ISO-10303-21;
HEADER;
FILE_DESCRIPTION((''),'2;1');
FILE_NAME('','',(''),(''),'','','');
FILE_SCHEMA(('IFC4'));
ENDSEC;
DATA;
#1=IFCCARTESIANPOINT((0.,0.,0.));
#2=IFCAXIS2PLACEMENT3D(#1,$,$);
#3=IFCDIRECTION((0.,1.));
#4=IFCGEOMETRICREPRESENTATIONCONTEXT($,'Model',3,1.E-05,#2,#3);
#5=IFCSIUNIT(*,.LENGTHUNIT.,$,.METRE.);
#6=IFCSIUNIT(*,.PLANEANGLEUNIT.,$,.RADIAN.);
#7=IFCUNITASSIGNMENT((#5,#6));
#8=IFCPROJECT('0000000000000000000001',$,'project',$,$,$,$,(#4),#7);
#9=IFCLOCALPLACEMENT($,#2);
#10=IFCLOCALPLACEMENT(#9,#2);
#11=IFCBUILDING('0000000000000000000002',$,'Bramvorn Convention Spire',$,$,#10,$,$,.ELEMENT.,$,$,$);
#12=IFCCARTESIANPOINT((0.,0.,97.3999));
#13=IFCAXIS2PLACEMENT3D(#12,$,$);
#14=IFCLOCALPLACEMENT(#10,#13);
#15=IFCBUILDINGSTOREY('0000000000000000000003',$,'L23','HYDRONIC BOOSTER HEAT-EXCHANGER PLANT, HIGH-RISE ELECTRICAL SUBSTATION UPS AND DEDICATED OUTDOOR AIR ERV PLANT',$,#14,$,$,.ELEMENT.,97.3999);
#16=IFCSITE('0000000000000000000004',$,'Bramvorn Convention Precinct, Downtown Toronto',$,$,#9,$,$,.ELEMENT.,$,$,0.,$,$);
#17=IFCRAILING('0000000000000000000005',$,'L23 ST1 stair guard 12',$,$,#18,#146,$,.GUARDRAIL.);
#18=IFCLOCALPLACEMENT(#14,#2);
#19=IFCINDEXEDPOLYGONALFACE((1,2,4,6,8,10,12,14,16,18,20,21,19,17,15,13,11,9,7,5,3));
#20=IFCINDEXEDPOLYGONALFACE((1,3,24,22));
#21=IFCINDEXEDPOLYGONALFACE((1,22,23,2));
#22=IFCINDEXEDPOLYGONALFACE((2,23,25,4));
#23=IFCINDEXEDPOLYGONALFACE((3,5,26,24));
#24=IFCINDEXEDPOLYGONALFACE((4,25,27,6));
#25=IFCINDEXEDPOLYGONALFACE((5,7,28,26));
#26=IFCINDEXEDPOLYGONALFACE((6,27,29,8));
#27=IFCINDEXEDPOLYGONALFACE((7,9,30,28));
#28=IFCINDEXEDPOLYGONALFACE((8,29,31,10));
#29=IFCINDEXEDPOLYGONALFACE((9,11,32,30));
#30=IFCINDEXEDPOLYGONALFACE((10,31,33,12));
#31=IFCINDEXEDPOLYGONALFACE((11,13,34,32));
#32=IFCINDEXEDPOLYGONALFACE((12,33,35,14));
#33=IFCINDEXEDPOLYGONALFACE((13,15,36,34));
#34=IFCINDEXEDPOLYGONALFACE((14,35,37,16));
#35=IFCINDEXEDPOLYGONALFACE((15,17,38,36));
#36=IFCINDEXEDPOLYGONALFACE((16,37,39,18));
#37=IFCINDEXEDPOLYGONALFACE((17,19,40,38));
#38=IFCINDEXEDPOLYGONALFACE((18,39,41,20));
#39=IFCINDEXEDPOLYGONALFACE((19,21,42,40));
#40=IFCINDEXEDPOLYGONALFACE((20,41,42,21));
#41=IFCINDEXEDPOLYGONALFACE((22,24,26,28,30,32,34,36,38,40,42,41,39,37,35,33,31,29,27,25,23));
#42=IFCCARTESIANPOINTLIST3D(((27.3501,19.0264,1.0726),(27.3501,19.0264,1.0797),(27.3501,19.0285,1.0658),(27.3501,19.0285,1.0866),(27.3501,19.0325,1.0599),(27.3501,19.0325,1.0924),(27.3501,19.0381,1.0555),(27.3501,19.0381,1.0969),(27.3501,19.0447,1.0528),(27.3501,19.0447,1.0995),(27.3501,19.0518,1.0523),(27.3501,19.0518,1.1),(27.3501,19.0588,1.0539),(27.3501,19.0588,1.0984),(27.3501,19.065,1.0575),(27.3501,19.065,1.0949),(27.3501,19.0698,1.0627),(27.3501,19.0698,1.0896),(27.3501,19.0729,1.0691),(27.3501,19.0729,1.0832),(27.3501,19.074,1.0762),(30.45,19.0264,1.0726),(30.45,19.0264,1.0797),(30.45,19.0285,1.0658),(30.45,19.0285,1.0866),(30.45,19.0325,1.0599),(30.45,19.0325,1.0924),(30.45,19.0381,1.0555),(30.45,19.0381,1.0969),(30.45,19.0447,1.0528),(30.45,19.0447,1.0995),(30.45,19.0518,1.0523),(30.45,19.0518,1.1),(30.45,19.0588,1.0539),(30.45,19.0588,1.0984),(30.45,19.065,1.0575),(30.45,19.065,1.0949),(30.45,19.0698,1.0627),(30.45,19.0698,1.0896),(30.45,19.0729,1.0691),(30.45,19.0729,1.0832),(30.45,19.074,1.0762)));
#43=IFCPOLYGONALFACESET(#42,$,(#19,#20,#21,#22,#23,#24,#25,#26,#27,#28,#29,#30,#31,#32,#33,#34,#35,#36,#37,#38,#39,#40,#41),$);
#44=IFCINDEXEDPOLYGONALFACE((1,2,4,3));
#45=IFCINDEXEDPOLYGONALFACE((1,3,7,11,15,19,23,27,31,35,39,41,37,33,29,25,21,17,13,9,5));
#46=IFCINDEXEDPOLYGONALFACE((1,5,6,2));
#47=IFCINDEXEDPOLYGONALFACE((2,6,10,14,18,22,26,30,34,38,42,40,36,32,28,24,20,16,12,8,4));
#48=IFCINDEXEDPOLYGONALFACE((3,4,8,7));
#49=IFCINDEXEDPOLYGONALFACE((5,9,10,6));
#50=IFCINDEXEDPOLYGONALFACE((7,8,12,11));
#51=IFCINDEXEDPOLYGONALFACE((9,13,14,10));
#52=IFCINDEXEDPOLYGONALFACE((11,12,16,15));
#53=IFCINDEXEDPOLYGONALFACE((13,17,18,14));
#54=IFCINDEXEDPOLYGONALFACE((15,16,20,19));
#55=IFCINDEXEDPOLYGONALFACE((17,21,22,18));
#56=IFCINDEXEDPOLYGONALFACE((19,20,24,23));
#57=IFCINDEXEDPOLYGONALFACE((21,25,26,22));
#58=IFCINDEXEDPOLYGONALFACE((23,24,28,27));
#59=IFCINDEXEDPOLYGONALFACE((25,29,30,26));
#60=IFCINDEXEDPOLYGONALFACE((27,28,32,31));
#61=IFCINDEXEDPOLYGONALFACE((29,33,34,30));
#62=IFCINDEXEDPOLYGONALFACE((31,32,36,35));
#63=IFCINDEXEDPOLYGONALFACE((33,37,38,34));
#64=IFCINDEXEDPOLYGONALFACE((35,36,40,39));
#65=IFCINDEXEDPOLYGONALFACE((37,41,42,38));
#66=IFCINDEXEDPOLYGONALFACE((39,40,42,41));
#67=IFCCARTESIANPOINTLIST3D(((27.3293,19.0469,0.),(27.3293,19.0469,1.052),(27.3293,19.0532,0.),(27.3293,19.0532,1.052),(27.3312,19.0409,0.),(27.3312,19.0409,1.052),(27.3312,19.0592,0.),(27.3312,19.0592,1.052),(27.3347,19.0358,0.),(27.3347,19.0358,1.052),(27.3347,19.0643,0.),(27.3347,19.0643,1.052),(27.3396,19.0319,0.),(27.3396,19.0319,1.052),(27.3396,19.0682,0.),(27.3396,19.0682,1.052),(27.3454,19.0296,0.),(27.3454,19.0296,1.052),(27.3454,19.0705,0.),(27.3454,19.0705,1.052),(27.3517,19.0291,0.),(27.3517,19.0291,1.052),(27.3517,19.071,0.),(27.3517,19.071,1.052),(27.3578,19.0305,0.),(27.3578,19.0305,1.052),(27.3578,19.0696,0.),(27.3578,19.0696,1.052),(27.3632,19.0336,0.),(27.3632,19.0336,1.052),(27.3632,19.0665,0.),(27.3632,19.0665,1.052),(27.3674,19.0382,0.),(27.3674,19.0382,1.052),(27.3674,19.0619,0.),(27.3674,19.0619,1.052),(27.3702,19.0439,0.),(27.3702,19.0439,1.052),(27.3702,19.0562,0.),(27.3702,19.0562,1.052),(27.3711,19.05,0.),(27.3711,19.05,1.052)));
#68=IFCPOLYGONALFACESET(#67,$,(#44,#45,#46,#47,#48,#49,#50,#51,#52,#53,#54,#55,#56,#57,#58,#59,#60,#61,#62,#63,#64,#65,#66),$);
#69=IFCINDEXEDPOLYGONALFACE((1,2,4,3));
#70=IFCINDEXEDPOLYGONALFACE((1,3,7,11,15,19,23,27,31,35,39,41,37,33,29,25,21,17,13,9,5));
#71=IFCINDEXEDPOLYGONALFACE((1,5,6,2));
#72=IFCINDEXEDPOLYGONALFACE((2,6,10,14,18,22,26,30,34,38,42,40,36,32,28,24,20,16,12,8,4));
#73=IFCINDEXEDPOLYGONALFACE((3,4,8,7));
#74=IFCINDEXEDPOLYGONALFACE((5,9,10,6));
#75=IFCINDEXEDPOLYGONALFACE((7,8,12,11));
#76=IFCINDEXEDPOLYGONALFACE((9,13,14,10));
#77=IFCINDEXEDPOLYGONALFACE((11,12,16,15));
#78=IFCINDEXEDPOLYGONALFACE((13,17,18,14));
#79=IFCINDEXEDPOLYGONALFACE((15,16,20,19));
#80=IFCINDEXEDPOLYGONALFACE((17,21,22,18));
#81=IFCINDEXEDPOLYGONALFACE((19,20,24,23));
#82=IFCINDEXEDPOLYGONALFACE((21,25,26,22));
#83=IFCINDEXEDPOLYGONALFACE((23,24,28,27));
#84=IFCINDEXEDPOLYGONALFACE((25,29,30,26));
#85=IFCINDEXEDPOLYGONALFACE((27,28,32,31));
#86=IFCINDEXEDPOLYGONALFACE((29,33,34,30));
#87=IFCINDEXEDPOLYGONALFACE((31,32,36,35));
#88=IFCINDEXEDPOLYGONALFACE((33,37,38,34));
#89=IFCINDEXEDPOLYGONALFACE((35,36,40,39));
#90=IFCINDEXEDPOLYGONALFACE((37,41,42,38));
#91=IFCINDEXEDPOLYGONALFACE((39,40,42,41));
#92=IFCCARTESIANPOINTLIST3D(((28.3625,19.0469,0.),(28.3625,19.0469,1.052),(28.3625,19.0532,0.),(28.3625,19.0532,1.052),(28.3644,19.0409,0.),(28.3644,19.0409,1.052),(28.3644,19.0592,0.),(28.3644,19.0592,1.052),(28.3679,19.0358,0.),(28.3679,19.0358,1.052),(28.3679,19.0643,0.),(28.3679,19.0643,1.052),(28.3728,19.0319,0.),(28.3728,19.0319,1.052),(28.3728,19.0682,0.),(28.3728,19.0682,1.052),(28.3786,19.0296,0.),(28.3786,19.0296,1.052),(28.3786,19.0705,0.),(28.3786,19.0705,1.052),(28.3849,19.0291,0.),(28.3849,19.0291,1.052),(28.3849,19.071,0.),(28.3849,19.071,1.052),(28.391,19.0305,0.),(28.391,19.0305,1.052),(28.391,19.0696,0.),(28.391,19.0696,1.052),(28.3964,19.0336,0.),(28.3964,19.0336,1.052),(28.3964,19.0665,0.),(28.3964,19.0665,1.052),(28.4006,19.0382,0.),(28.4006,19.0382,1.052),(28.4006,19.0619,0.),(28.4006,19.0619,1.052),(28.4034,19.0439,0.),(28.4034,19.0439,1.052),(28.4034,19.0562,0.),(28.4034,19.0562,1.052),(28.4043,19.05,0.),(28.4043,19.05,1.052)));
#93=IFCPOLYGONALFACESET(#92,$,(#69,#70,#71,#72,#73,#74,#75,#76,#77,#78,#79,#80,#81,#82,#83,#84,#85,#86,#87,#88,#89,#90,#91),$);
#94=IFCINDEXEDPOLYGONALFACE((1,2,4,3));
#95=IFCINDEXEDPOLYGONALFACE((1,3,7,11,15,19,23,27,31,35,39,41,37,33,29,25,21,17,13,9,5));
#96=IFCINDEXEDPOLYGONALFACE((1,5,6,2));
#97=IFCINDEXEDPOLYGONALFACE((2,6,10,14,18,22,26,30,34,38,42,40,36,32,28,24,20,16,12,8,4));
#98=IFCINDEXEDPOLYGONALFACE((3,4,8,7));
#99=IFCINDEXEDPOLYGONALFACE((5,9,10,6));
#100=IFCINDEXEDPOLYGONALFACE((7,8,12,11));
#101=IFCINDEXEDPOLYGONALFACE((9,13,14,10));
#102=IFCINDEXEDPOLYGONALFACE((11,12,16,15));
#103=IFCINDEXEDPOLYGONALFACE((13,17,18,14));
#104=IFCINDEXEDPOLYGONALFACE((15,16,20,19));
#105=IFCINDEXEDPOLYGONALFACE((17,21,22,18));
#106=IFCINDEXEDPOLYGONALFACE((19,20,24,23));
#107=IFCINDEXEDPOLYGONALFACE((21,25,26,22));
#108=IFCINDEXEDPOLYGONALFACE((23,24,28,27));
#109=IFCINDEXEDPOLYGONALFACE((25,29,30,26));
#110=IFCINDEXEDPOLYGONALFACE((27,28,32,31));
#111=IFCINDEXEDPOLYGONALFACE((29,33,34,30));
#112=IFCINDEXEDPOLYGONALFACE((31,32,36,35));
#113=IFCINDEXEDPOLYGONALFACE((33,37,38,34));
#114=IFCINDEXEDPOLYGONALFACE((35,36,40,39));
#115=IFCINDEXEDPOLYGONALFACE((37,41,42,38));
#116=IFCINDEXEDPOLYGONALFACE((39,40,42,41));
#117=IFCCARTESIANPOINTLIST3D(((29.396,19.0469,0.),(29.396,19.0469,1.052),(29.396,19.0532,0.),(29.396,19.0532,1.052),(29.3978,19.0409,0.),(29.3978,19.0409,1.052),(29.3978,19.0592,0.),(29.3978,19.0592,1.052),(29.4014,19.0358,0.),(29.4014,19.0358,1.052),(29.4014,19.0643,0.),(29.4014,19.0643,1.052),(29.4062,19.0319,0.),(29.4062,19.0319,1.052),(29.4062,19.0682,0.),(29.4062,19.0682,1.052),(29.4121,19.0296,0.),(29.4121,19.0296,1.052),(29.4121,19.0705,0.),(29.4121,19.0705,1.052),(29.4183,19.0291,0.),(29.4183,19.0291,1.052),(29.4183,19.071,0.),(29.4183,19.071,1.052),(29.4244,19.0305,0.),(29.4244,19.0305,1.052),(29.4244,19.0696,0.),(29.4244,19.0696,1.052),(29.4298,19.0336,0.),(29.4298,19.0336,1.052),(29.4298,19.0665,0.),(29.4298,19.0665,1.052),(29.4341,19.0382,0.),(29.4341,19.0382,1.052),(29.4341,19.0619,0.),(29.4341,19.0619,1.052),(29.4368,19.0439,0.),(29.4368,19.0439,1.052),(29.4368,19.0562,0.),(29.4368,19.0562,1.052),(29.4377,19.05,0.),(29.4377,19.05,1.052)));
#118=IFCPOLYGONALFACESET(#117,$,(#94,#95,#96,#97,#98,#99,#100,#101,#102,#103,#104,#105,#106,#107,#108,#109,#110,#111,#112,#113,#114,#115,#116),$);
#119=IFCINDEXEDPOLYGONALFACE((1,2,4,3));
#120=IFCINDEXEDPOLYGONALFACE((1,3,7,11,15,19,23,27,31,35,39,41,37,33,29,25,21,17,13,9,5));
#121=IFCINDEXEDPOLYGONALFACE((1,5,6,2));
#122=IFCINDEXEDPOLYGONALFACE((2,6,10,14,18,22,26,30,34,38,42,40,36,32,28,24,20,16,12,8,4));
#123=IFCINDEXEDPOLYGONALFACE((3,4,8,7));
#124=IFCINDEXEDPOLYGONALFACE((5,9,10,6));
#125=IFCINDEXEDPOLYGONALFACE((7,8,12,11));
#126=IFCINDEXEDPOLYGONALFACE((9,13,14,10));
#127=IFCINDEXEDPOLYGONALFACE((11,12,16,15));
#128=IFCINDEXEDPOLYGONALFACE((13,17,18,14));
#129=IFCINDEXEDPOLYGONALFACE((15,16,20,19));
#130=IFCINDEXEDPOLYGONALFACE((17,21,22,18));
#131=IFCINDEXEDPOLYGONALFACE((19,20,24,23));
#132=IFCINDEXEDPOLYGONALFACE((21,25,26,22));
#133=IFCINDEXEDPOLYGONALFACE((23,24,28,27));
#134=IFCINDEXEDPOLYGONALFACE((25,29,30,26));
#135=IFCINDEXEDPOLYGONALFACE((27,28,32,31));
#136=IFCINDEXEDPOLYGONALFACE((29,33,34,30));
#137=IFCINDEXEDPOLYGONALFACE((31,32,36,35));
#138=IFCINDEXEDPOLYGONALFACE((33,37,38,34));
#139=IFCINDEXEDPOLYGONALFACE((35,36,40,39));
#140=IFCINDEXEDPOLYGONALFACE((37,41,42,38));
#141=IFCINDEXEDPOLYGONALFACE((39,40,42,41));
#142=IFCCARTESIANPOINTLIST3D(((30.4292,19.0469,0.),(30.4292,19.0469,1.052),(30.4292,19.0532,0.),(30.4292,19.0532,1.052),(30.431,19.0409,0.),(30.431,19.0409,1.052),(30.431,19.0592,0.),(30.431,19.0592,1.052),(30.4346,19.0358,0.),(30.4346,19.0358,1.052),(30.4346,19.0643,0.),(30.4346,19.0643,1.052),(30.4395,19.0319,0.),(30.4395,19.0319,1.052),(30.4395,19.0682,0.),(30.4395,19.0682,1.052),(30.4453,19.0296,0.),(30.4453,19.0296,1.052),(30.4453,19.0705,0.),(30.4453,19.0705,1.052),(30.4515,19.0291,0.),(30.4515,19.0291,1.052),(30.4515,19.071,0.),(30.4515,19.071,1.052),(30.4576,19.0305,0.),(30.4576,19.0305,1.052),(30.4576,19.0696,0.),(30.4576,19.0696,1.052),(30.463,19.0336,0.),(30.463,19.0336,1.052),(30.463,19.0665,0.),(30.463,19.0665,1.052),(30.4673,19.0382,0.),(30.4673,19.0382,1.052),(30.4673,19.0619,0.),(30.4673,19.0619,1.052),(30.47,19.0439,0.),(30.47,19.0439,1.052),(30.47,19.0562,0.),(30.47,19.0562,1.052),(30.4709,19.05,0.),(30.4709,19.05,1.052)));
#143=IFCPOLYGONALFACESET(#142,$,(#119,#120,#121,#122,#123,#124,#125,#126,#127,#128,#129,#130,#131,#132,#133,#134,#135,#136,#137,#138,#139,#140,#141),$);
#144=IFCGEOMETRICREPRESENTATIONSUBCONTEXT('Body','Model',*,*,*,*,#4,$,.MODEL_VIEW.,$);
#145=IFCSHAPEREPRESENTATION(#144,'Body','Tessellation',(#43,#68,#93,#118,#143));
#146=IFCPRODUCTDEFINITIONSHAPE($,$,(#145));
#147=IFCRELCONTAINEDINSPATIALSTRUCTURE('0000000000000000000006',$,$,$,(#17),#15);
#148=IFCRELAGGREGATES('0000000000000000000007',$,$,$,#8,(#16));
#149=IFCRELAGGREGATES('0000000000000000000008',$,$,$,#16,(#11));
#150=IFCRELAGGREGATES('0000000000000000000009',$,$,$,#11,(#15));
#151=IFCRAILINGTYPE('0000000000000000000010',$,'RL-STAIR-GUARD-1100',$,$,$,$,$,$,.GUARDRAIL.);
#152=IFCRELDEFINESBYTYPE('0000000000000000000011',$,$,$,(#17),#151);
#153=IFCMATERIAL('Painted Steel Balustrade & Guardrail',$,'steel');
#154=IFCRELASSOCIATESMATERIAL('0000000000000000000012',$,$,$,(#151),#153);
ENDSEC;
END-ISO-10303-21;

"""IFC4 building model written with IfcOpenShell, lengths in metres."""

from ifc_helpers import new_model, si_unit, direction, frame, origin, origin_2d, place, context, subcontext, project, spatial, circle, extrude, material, type_object, element, save


model = new_model("IFC4")

# Units and contexts
model_context = context("Model", 3, precision=1e-05, world=origin(), true_north=direction((0.0, 1.0)))
body_context = subcontext(model_context, "Body", "Model", "MODEL_VIEW")
ifc_project = project(units=[si_unit("LENGTHUNIT", "METRE"), si_unit("PLANEANGLEUNIT", "RADIAN")], contexts=[model_context])

# Site, building, storey
site_placement = place(None, origin())
site = spatial("IfcSite", under=ifc_project, at=site_placement, Name="Bramvorn Convention Precinct, Downtown Toronto", CompositionType="ELEMENT", RefElevation=0.0)
building_placement = place(site_placement, origin())
building = spatial("IfcBuilding", under=site, at=building_placement, Name="Bramvorn Convention Spire", CompositionType="ELEMENT")
storey_placement = place(building_placement, frame((0.0, 0.0, 97.3999)))
storey = spatial("IfcBuildingStorey", under=building, at=storey_placement, Name="L23", Description="HYDRONIC BOOSTER HEAT-EXCHANGER PLANT, HIGH-RISE ELECTRICAL SUBSTATION UPS AND DEDICATED OUTDOOR AIR ERV PLANT", CompositionType="ELEMENT", Elevation=97.3999)

# Railing
ifc_material_1 = material(Name="Painted Steel Balustrade & Guardrail", Category="steel")
railing_type = type_object("IfcRailingType", Name="RL-STAIR-GUARD-1100", PredefinedType="GUARDRAIL", material=ifc_material_1)
railing_1_placement = place(storey_placement, frame((27.3501, 19.05, 0.0)))
element("IfcRailing", 1, at=railing_1_placement, inside=storey, type_object=railing_type, Name="L23 ST1 stair guard 12", PredefinedType="GUARDRAIL", context=body_context, shape_type="SweptSolid", body=[
    extrude(circle(Radius=0.0239, at=origin_2d()), frame((0.0, 0.0, 1.0762), z_axis=(1.0, 0.0, 0.0), x_axis=(0.0, 1.0, 0.0)), (0.0, 0.0, 1.0), 3.0999),
    extrude(circle(Radius=0.021, at=origin_2d()), origin(), (0.0, 0.0, 1.0), 1.052),
    extrude(circle(Radius=0.021, at=origin_2d()), frame((1.0332, 0.0, 0.0)), (0.0, 0.0, 1.0), 1.052),
    extrude(circle(Radius=0.021, at=origin_2d()), frame((2.0667, 0.0, 0.0)), (0.0, 0.0, 1.0), 1.052),
    extrude(circle(Radius=0.021, at=origin_2d()), frame((3.0999, 0.0, 0.0)), (0.0, 0.0, 1.0), 1.052),
])

save(model, "model.ifc")
